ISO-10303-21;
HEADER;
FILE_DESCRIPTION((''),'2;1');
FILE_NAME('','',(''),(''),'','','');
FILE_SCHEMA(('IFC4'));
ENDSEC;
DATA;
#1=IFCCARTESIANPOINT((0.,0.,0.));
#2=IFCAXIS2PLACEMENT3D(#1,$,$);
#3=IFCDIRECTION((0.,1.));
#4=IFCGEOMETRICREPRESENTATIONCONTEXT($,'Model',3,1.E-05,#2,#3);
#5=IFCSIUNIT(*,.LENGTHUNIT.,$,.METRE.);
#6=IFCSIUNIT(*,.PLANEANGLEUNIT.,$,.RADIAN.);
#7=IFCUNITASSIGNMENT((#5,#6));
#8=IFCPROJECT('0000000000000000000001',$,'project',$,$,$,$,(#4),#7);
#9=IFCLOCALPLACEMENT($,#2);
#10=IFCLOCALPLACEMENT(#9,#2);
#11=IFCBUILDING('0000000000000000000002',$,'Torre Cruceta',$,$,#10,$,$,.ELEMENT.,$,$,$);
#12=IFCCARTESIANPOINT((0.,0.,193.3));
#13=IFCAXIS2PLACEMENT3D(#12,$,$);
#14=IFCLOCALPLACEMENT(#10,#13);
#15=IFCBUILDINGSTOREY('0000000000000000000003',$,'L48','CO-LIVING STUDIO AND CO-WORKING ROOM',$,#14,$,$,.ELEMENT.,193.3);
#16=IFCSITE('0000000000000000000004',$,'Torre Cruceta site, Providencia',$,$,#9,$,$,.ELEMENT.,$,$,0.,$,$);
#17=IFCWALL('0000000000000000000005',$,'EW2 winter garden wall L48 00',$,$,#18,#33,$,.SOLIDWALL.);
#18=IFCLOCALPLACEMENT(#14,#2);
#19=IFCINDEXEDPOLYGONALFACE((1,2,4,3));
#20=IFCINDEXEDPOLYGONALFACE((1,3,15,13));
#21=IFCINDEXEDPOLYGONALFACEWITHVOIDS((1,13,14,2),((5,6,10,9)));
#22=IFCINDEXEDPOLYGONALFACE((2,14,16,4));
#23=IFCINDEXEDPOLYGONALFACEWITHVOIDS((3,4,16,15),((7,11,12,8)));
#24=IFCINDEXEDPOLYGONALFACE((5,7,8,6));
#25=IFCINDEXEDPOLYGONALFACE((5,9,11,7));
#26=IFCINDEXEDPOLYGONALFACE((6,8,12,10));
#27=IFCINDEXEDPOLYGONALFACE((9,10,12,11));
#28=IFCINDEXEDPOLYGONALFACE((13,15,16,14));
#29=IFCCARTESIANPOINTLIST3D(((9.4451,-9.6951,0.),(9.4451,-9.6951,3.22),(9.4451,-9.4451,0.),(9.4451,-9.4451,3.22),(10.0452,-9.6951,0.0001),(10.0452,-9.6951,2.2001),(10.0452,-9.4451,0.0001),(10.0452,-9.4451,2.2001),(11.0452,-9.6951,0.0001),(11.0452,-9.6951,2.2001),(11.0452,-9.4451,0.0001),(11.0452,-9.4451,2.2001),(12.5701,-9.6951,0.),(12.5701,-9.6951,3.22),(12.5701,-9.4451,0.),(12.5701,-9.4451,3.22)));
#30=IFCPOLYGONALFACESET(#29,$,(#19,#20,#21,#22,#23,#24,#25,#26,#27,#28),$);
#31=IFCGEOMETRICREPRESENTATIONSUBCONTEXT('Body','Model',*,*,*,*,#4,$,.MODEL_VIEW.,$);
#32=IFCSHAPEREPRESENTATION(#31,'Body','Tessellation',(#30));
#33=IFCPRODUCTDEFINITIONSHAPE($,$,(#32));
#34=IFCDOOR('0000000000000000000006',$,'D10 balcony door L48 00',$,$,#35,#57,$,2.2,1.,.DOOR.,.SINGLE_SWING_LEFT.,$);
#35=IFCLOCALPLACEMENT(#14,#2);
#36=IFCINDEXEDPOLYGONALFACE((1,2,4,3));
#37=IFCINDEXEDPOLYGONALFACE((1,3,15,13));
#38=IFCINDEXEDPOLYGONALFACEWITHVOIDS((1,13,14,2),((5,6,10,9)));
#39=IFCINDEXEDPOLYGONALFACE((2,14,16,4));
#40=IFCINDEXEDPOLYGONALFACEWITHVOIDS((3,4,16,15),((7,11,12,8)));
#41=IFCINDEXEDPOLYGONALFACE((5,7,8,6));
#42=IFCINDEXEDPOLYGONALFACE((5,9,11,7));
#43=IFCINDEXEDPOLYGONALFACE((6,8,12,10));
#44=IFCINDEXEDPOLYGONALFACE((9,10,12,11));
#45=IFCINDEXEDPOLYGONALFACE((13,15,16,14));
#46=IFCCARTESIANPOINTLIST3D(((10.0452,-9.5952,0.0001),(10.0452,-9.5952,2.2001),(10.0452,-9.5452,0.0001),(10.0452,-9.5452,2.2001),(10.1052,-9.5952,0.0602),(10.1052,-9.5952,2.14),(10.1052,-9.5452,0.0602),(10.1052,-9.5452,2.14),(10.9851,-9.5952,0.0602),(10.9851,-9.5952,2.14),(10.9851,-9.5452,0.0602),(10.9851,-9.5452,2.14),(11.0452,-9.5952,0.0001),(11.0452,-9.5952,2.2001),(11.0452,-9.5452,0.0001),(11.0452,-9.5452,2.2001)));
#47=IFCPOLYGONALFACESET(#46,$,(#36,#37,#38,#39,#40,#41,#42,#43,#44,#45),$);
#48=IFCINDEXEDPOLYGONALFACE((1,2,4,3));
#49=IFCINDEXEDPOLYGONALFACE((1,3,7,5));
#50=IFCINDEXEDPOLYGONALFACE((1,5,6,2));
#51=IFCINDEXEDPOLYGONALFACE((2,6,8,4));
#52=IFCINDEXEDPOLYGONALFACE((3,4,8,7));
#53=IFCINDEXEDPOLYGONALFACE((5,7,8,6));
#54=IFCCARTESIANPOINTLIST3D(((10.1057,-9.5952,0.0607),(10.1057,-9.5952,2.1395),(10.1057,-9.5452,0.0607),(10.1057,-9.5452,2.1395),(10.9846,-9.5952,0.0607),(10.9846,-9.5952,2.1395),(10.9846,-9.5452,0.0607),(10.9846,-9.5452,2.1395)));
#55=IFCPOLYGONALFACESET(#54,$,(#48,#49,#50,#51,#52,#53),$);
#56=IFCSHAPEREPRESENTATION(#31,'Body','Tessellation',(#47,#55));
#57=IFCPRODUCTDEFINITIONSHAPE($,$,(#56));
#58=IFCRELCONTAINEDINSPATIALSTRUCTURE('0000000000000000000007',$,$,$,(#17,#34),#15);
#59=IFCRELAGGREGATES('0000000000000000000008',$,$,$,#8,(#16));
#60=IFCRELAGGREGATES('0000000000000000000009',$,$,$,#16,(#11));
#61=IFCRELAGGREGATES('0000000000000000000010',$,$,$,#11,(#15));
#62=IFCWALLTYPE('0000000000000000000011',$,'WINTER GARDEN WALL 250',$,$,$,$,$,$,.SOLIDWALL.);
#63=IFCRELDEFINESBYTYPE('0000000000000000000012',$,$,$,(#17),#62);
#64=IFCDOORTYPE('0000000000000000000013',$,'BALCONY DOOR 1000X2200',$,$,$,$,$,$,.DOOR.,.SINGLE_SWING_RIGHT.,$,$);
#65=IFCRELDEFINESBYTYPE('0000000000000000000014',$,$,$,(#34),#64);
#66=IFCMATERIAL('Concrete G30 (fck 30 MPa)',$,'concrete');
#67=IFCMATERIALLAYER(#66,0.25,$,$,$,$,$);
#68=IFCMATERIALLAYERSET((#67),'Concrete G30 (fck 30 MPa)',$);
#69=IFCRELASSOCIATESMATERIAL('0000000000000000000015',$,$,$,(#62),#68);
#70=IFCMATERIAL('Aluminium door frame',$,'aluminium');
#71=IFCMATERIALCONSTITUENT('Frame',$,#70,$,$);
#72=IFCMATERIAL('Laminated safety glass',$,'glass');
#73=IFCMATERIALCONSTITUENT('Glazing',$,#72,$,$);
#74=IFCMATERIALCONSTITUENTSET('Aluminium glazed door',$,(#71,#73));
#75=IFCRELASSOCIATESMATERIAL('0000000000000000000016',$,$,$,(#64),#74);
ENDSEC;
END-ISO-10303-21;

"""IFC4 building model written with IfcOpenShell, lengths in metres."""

from ifc_helpers import new_model, si_unit, direction, frame, frame_2d, origin, place, context, subcontext, project, spatial, rectangle, hollow_rectangle, extrude, material, layer, layer_set, constituent, constituent_set, type_object, element, fill, save


model = new_model("IFC4")

# Units and contexts
model_context = context("Model", 3, precision=1e-05, world=origin(), true_north=direction((0.0, 1.0)))
body_context = subcontext(model_context, "Body", "Model", "MODEL_VIEW")
ifc_project = project(units=[si_unit("LENGTHUNIT", "METRE"), si_unit("PLANEANGLEUNIT", "RADIAN")], contexts=[model_context])

# Site, building, storey
site_placement = place(None, origin())
site = spatial("IfcSite", under=ifc_project, at=site_placement, Name="Torre Cruceta site, Providencia", CompositionType="ELEMENT", RefElevation=0.0)
building_placement = place(site_placement, origin())
building = spatial("IfcBuilding", under=site, at=building_placement, Name="Torre Cruceta", CompositionType="ELEMENT")
storey_placement = place(building_placement, frame((0.0, 0.0, 193.3)))
storey = spatial("IfcBuildingStorey", under=building, at=storey_placement, Name="L48", Description="CO-LIVING STUDIO AND CO-WORKING ROOM", CompositionType="ELEMENT", Elevation=193.3)

# Wall, opening, door
ifc_material_1 = material(Name="Concrete G30 (fck 30 MPa)", Category="concrete")
ifc_layer_1 = layer(ifc_material_1, 0.25)
ifc_layer_set_1 = layer_set([ifc_layer_1], Name="Concrete G30 (fck 30 MPa)")
wall_type_1 = type_object("IfcWallType", Name="WINTER GARDEN WALL 250", PredefinedType="SOLIDWALL", material=ifc_layer_set_1)
wall_1_placement = place(storey_placement, frame((9.4451, -9.5701, 0.0), z_axis=(0.0, 0.0, 1.0), x_axis=(1.0, 0.0, 0.0)))
wall_1 = element("IfcWall", 1, at=wall_1_placement, inside=storey, type_object=wall_type_1, Name="EW2 winter garden wall L48 00", PredefinedType="SOLIDWALL", context=body_context, shape_type="SweptSolid", body=[
    extrude(rectangle(XDim=3.125, YDim=0.25, at=frame_2d((1.5625, 0.0))), origin(), (0.0, 0.0, 1.0), 3.22),
])
opening_1_placement = place(wall_1_placement, frame((0.6001, 0.0, 0.0)))
opening_1 = element("IfcOpeningElement", 2, at=opening_1_placement, cuts=wall_1, PredefinedType="OPENING", context=body_context, shape_type="SweptSolid", body=[
    extrude(rectangle(XDim=1.0, YDim=2.2, at=frame_2d((0.5, 1.1001))), frame((0.0, 0.135, 0.0), z_axis=(0.0, -1.0, 0.0), x_axis=(1.0, 0.0, 0.0)), (0.0, 0.0, 1.0), 0.27),
])
ifc_material_2 = material(Name="Aluminium door frame", Category="aluminium")
ifc_constituent_1 = constituent(ifc_material_2, Name="Frame")
ifc_material_3 = material(Name="Laminated safety glass", Category="glass")
ifc_constituent_2 = constituent(ifc_material_3, Name="Glazing")
ifc_constituent_set_1 = constituent_set(constituents=[ifc_constituent_1, ifc_constituent_2], Name="Aluminium glazed door")
door_type_1 = type_object("IfcDoorType", Name="BALCONY DOOR 1000X2200", OperationType="SINGLE_SWING_RIGHT", PredefinedType="DOOR", material=ifc_constituent_set_1)
door_1_placement = place(opening_1_placement, origin())
door_1 = element("IfcDoor", 3, at=door_1_placement, inside=storey, type_object=door_type_1, Name="D10 balcony door L48 00", OperationType="SINGLE_SWING_LEFT", OverallHeight=2.2, OverallWidth=1.0, PredefinedType="DOOR", context=body_context, shape_type="SweptSolid", body=[
    extrude(hollow_rectangle(XDim=1.0, YDim=2.2, WallThickness=0.0601, at=frame_2d((0.5, 1.1001))), frame((0.0, 0.0249, 0.0), z_axis=(0.0, -1.0, 0.0), x_axis=(1.0, 0.0, 0.0)), (0.0, 0.0, 1.0), 0.05),
    extrude(rectangle(XDim=0.8789, YDim=2.0789, at=frame_2d((0.5, 1.1001))), frame((0.0, 0.0249, 0.0), z_axis=(0.0, -1.0, 0.0), x_axis=(1.0, 0.0, 0.0)), (0.0, 0.0, 1.0), 0.05),
])
fill(opening_1, door_1)

save(model, "model.ifc")
